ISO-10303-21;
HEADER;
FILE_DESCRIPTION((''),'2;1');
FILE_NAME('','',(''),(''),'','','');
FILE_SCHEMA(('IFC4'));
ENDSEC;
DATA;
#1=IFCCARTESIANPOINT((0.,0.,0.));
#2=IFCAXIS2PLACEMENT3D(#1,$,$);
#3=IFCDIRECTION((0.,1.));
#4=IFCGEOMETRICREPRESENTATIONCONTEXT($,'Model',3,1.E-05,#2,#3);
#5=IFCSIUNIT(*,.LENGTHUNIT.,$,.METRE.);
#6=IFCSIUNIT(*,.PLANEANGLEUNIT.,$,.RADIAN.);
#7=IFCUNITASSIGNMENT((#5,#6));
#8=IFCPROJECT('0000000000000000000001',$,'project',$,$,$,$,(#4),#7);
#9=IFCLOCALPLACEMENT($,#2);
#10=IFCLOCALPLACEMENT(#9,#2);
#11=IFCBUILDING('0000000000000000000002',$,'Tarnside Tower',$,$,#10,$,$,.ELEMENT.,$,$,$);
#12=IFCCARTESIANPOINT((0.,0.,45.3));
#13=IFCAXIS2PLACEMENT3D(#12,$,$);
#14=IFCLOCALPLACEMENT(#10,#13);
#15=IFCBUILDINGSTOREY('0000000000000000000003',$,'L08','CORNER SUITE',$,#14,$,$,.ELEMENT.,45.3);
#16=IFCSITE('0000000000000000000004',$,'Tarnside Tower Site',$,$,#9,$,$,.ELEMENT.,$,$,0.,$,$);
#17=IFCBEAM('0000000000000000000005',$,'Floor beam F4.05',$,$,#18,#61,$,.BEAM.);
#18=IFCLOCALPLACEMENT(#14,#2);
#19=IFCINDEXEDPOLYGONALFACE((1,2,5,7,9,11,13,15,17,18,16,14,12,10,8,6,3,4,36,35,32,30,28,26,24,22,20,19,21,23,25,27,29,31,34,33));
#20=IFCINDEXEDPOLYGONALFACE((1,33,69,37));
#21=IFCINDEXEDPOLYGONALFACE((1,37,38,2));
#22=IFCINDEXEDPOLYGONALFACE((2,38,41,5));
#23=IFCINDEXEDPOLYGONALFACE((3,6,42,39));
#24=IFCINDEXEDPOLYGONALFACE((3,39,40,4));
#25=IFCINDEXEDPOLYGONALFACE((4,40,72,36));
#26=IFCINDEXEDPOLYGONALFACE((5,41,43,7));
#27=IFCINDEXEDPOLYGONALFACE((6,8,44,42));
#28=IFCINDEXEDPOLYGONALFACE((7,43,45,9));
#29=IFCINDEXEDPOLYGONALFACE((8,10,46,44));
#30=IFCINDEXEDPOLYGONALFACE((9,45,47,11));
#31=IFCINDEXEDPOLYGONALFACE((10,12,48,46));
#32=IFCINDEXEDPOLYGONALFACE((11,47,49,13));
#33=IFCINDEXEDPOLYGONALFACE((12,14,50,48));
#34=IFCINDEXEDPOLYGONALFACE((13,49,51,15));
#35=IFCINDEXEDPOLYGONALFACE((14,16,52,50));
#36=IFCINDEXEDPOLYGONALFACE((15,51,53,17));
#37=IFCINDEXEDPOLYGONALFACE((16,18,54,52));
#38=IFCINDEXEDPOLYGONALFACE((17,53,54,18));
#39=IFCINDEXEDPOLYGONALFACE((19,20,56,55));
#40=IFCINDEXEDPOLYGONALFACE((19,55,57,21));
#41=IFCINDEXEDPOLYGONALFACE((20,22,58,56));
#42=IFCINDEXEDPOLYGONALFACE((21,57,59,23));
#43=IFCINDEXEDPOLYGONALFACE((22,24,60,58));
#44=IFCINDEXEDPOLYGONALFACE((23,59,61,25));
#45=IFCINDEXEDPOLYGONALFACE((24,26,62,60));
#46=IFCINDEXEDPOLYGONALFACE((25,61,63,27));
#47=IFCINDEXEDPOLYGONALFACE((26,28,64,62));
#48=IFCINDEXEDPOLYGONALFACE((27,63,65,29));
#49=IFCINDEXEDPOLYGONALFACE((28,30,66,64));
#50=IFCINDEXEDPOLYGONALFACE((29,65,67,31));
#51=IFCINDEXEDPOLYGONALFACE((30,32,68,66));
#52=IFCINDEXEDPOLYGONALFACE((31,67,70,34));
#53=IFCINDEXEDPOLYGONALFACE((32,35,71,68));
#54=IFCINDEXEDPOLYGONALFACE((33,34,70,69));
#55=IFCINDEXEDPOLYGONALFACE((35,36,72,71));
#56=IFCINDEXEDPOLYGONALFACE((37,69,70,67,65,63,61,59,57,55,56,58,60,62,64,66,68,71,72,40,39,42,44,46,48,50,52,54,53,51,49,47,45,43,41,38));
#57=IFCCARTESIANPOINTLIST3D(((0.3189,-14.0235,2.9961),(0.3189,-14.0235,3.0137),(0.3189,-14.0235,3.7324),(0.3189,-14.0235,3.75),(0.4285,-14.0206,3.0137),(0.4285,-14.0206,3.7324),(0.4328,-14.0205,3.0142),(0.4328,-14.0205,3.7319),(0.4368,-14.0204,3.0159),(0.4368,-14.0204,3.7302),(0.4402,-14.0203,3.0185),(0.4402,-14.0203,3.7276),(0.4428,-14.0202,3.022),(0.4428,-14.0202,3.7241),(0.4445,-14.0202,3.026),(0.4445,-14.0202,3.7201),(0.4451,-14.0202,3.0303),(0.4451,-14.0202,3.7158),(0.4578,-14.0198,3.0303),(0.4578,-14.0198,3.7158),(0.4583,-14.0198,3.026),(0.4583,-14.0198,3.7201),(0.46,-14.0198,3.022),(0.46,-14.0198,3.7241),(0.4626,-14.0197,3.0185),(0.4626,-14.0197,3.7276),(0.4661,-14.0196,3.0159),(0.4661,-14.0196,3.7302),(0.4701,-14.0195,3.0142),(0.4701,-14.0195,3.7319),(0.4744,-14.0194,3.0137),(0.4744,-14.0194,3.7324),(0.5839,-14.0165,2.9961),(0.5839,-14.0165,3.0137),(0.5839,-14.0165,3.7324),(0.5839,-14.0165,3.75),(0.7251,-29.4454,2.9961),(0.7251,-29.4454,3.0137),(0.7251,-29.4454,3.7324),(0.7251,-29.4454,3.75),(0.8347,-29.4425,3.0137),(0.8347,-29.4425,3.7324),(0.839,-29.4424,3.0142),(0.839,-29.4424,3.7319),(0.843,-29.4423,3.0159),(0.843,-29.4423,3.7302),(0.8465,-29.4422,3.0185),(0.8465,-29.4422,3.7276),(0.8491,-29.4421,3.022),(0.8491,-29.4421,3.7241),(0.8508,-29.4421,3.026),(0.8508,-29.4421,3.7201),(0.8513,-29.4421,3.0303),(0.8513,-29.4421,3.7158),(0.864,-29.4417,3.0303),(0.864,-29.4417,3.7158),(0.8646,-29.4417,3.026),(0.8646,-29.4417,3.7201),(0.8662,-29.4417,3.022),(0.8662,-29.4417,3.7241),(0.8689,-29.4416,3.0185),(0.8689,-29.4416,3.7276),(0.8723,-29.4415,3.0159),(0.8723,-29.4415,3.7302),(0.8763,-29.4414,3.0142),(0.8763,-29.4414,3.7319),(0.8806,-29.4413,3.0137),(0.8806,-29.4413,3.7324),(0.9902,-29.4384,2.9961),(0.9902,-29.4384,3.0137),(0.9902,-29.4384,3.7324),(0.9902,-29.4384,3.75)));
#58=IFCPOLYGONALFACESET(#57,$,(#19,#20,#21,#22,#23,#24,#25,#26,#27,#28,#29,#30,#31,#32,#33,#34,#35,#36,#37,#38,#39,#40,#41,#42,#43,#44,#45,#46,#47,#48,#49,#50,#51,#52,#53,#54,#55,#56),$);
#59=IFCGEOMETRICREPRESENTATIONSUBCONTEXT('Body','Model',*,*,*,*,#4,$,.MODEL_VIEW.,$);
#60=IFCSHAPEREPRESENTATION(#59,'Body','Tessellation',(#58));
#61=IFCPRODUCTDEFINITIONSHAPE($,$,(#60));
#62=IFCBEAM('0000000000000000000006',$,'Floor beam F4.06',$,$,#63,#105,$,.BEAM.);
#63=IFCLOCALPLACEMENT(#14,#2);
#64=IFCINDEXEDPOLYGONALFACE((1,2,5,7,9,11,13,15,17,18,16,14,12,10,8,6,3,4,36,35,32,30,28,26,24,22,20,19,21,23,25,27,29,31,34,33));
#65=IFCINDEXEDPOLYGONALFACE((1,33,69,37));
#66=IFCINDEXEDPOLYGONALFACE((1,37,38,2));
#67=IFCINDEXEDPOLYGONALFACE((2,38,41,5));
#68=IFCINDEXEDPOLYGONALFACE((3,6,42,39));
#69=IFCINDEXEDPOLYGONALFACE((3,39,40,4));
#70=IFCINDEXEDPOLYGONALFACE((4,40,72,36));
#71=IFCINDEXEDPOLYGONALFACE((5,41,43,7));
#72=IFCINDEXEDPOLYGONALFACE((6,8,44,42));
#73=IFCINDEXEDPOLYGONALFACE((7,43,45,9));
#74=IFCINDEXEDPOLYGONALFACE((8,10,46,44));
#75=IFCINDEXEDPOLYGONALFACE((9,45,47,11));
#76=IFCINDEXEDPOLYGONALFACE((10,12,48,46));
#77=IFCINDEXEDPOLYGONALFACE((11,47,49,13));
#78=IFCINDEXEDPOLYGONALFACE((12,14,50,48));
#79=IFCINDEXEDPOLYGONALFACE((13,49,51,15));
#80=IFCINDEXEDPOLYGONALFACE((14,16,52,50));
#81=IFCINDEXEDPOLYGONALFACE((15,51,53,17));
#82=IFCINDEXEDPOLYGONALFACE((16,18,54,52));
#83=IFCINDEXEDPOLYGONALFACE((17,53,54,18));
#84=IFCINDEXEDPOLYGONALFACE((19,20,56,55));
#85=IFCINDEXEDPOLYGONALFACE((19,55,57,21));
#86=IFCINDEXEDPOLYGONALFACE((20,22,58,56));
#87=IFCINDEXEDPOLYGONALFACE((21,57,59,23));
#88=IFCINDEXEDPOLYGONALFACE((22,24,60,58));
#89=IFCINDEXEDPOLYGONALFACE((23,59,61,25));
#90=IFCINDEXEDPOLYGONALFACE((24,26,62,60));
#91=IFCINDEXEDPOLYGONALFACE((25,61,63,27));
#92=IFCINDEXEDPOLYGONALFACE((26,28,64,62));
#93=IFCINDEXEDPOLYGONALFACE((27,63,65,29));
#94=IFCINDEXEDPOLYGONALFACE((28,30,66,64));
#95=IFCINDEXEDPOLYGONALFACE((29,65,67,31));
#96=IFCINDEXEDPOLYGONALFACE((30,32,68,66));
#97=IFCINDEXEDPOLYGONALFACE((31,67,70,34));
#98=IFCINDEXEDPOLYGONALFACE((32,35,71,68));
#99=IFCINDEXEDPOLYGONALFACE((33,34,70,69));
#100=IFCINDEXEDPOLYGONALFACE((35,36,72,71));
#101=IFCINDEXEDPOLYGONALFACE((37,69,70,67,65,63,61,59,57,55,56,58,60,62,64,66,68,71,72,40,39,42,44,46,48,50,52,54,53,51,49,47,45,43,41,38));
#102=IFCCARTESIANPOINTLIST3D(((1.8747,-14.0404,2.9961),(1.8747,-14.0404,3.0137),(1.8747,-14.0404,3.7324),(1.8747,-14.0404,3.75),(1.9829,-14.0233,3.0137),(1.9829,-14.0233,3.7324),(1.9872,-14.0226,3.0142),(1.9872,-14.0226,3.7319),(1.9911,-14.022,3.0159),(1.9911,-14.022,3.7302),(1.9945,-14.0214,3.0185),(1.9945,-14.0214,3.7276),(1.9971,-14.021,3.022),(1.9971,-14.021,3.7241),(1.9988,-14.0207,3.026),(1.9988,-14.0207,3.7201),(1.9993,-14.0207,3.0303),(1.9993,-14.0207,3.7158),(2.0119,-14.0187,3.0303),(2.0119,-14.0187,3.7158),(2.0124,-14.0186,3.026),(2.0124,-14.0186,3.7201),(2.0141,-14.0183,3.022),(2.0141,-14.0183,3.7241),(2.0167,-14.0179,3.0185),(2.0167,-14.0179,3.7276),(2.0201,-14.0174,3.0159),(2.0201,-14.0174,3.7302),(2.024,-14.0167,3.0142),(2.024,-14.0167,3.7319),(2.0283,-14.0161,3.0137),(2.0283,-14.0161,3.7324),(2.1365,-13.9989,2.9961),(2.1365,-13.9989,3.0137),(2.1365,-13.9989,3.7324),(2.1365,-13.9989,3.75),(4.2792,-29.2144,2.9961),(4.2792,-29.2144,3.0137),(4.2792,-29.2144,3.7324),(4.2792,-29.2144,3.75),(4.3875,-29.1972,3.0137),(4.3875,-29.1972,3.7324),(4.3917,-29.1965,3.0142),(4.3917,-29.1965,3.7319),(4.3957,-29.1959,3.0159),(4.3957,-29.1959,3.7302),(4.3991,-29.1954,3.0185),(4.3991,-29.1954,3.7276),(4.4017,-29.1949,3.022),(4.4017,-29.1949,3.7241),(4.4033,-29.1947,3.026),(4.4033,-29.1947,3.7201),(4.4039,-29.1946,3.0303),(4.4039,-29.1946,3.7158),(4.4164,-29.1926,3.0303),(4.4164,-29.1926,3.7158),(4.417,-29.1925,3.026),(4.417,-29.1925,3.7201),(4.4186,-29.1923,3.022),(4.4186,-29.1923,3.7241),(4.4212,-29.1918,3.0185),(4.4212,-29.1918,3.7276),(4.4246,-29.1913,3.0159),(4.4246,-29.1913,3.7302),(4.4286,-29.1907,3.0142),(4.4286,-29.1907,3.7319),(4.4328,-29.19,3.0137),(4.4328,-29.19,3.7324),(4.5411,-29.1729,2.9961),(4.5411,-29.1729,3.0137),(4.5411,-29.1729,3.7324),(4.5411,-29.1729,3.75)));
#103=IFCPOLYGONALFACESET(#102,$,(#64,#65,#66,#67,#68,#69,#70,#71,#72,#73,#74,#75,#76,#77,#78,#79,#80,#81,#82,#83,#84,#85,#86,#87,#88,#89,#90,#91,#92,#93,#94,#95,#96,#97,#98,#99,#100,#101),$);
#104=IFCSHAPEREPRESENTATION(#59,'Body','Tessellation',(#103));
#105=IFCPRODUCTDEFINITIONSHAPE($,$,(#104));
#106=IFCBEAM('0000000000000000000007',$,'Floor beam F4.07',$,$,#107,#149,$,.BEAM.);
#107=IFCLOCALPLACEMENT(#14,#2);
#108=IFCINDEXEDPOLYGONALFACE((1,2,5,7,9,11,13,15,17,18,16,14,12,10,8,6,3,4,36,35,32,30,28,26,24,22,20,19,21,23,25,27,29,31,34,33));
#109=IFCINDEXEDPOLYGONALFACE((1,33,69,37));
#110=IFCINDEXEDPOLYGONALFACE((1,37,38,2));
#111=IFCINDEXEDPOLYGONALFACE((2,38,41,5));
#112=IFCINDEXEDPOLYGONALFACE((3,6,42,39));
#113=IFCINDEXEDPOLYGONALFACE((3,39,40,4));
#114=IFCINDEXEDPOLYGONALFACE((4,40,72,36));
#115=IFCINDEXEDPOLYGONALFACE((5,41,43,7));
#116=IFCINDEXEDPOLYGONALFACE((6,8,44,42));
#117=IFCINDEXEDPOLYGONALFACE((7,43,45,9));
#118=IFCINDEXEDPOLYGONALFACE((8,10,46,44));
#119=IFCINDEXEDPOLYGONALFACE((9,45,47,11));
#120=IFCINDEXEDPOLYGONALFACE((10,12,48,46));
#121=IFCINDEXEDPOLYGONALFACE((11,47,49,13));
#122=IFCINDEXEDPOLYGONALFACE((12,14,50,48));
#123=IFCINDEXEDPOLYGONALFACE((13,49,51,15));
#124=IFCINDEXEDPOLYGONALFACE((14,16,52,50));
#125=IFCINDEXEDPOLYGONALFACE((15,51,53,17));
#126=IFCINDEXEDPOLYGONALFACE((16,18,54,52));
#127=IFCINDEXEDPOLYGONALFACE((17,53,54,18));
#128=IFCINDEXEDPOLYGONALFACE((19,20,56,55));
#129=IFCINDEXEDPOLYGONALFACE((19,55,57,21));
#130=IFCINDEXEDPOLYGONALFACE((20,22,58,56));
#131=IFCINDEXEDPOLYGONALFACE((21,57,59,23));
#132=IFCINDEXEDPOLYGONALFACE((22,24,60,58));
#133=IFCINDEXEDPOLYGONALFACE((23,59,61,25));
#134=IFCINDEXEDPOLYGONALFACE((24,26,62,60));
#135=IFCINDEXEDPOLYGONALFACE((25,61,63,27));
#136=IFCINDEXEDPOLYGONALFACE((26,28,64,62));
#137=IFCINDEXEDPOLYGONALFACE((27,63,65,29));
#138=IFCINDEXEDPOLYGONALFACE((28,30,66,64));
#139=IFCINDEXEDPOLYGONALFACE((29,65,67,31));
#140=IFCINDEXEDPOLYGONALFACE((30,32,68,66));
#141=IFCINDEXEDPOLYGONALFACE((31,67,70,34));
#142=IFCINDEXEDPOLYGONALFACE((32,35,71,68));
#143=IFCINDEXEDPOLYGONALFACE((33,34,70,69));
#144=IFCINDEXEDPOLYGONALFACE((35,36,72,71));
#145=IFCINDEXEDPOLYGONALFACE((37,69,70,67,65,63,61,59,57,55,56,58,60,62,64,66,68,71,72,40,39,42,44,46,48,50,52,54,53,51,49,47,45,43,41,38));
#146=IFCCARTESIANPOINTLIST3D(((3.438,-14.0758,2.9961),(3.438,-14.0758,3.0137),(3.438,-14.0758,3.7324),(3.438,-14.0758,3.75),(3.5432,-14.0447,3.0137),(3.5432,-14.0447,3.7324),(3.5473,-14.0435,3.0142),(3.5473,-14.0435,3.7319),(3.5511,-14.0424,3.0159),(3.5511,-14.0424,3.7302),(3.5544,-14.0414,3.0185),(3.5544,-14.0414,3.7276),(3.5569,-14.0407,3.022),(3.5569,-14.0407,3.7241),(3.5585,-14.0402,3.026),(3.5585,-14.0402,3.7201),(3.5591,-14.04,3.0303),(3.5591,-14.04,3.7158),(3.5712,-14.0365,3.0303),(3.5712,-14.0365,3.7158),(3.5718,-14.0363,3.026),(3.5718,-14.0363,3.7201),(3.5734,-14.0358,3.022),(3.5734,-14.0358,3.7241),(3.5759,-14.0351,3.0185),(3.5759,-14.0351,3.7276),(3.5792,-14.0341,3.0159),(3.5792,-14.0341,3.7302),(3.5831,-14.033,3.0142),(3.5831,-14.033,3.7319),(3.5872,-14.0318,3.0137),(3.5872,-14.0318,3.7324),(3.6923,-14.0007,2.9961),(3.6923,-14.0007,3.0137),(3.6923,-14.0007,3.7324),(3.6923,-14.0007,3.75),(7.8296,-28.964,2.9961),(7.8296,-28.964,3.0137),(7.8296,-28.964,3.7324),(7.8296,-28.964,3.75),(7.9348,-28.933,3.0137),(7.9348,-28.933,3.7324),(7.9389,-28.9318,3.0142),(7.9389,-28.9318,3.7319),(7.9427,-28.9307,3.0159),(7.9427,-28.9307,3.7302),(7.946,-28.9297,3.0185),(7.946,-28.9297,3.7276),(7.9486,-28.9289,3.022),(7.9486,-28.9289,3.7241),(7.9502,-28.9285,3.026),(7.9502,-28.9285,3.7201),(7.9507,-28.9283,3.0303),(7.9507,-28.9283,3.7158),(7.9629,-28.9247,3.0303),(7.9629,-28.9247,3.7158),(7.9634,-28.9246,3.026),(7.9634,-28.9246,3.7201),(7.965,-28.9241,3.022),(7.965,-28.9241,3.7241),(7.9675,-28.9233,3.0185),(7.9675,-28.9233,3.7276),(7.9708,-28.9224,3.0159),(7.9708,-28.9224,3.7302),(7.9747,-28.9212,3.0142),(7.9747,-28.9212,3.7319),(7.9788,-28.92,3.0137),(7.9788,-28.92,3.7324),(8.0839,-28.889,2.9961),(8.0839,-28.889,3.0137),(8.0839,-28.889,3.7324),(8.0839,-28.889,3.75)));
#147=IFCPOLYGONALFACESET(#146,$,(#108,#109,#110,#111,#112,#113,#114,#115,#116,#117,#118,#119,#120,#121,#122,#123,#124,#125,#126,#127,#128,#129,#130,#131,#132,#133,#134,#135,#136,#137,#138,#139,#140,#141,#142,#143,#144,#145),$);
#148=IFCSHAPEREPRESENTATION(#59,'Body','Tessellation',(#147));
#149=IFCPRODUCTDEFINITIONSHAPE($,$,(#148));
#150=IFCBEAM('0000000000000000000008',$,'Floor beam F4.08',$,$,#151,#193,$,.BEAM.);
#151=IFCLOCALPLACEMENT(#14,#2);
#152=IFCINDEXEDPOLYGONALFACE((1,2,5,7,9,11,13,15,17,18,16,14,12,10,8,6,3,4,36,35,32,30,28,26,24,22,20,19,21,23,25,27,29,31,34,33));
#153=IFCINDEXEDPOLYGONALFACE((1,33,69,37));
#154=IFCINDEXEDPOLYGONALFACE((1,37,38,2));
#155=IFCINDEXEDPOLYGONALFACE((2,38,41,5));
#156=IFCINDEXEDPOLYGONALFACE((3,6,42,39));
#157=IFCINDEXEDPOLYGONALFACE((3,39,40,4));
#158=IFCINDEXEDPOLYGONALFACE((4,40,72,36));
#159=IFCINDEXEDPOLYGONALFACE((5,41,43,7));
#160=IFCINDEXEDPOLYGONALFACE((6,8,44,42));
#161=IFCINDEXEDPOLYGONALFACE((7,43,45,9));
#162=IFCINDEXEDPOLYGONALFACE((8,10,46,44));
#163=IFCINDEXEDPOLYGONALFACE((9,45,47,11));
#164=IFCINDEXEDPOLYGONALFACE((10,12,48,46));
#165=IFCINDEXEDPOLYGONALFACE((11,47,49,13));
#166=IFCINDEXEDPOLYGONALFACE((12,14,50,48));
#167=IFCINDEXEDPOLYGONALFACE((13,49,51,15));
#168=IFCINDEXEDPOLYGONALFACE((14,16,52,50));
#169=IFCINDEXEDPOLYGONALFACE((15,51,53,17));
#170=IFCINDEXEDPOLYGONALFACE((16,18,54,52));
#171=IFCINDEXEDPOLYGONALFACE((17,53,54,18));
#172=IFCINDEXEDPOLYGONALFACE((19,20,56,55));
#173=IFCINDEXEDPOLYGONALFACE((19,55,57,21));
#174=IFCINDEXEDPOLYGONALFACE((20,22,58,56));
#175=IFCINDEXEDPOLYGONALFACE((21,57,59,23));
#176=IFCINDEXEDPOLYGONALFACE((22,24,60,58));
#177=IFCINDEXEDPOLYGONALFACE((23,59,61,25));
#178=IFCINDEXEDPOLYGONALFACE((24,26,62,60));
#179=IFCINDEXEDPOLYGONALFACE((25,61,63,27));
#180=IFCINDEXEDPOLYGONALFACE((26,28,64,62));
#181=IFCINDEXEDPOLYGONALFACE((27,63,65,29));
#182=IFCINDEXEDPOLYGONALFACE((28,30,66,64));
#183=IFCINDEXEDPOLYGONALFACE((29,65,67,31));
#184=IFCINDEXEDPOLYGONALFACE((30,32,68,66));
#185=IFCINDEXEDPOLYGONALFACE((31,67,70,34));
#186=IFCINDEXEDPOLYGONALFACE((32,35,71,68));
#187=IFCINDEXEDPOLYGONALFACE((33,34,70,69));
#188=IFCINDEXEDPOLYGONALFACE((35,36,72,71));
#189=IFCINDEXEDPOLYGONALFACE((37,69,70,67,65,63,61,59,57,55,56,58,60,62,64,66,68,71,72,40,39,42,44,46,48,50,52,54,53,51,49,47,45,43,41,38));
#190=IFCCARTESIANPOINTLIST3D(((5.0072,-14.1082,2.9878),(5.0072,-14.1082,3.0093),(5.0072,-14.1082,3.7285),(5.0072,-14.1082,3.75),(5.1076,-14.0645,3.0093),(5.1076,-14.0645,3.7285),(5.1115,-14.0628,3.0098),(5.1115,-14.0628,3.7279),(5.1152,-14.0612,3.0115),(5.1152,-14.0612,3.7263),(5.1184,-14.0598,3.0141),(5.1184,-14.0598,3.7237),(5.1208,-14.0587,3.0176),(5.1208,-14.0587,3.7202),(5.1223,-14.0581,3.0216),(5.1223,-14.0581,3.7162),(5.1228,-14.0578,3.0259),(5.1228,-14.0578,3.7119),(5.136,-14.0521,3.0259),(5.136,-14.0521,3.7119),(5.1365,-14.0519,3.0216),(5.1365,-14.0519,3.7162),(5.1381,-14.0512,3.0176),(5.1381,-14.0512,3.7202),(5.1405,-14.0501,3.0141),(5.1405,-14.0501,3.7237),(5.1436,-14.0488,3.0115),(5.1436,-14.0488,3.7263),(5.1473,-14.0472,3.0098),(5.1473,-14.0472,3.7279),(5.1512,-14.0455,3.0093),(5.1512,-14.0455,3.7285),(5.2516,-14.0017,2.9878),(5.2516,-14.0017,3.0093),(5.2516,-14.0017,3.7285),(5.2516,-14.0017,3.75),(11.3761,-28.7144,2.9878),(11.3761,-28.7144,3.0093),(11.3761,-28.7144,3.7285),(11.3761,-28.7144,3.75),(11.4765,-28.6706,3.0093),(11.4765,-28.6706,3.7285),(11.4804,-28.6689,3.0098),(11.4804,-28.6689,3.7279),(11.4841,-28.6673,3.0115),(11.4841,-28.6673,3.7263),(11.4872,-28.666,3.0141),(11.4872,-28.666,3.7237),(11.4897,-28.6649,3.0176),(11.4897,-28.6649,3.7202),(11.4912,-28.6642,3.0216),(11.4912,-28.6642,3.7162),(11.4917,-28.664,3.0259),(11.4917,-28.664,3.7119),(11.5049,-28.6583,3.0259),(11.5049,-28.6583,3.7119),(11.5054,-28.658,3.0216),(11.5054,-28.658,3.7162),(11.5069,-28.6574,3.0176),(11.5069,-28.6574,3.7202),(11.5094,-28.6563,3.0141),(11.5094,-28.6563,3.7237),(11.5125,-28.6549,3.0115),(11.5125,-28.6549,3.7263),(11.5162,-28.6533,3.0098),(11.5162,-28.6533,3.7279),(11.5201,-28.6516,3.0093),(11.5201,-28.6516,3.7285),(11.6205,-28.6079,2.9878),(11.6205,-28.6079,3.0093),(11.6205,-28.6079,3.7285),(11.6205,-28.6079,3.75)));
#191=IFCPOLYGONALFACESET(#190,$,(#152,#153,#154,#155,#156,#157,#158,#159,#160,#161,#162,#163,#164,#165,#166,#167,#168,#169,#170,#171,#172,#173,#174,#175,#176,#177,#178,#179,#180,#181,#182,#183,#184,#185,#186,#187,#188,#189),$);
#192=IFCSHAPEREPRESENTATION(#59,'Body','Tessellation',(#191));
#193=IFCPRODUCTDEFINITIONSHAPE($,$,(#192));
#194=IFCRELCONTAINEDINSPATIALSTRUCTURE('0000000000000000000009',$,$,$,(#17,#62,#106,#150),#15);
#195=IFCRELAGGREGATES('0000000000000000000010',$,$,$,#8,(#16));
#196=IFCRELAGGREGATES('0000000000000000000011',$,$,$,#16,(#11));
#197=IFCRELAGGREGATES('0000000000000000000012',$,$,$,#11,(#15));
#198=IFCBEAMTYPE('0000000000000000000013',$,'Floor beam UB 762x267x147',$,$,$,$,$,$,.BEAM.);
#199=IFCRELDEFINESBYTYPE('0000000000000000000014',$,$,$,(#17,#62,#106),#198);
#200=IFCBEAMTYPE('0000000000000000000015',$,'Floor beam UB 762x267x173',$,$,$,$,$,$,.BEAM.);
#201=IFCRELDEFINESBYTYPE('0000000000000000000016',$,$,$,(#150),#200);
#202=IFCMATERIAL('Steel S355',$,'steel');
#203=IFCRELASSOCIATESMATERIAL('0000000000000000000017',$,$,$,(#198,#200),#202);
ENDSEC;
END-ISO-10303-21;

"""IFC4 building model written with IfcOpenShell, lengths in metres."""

from ifc_helpers import new_model, si_unit, direction, frame, origin, origin_2d, place, context, subcontext, project, spatial, i_section, extrude, material, material_profile, profile_set, type_object, element, save


model = new_model("IFC4")

# Units and contexts
model_context = context("Model", 3, precision=1e-05, world=origin(), true_north=direction((0.0, 1.0)))
body_context = subcontext(model_context, "Body", "Model", "MODEL_VIEW")
ifc_project = project(units=[si_unit("LENGTHUNIT", "METRE"), si_unit("PLANEANGLEUNIT", "RADIAN")], contexts=[model_context])

# Site, building, storey
site_placement = place(None, origin())
site = spatial("IfcSite", under=ifc_project, at=site_placement, Name="Tarnside Tower Site", CompositionType="ELEMENT", RefElevation=0.0)
building_placement = place(site_placement, origin())
building = spatial("IfcBuilding", under=site, at=building_placement, Name="Tarnside Tower", CompositionType="ELEMENT")
storey_placement = place(building_placement, frame((0.0, 0.0, 45.3)))
storey = spatial("IfcBuildingStorey", under=building, at=storey_placement, Name="L08", Description="CORNER SUITE", CompositionType="ELEMENT", Elevation=45.3)

# Beams
ifc_material_1 = material(Name="Steel S355", Category="steel")
ifc_material_profile_1 = material_profile(ifc_material_1, i_section(OverallWidth=0.2651, OverallDepth=0.7539, WebThickness=0.0127, FlangeThickness=0.0176, FilletRadius=0.0166, at=origin_2d()), Name="UB 762x267x147")
ifc_profile_set_1 = profile_set([ifc_material_profile_1], Name="Steel S355")
beam_type_1 = type_object("IfcBeamType", Name="Floor beam UB 762x267x147", PredefinedType="BEAM", material=ifc_profile_set_1)
beam_1_placement = place(storey_placement, frame((0.8577, -29.4419, 3.373), z_axis=(-0.026333, 0.999653, 0.0), x_axis=(-0.999653, -0.026333, 0.0)))
element("IfcBeam", 1, at=beam_1_placement, inside=storey, type_object=beam_type_1, Name="Floor beam F4.05", PredefinedType="BEAM", context=body_context, shape_type="SweptSolid", body=[
    extrude(i_section(OverallWidth=0.2651, OverallDepth=0.7539, WebThickness=0.0127, FlangeThickness=0.0176, FilletRadius=0.0166, at=origin_2d()), origin(), (0.0, 0.0, 1.0), 15.4272),
])
beam_2_placement = place(storey_placement, frame((4.4102, -29.1936, 3.373), z_axis=(-0.156513, 0.987676, 0.0), x_axis=(-0.987676, -0.156513, 0.0)))
element("IfcBeam", 2, at=beam_2_placement, inside=storey, type_object=beam_type_1, Name="Floor beam F4.06", PredefinedType="BEAM", context=body_context, shape_type="SweptSolid", body=[
    extrude(i_section(OverallWidth=0.2651, OverallDepth=0.7539, WebThickness=0.0127, FlangeThickness=0.0176, FilletRadius=0.0166, at=origin_2d()), origin(), (0.0, 0.0, 1.0), 15.3633),
])
beam_3_placement = place(storey_placement, frame((7.9568, -28.9265, 3.373), z_axis=(-0.282921, 0.959143, 0.0), x_axis=(-0.959143, -0.282921, 0.0)))
element("IfcBeam", 3, at=beam_3_placement, inside=storey, type_object=beam_type_1, Name="Floor beam F4.07", PredefinedType="BEAM", context=body_context, shape_type="SweptSolid", body=[
    extrude(i_section(OverallWidth=0.2651, OverallDepth=0.7539, WebThickness=0.0127, FlangeThickness=0.0176, FilletRadius=0.0166, at=origin_2d()), origin(), (0.0, 0.0, 1.0), 15.5225),
])
ifc_material_profile_2 = material_profile(ifc_material_1, i_section(OverallWidth=0.2666, OverallDepth=0.7622, WebThickness=0.0144, FlangeThickness=0.0215, FilletRadius=0.0166, at=origin_2d()), Name="UB 762x267x173")
ifc_profile_set_2 = profile_set([ifc_material_profile_2], Name="Steel S355")
beam_type_2 = type_object("IfcBeamType", Name="Floor beam UB 762x267x173", PredefinedType="BEAM", material=ifc_profile_set_2)
beam_4_placement = place(storey_placement, frame((11.4983, -28.6611, 3.3689), z_axis=(-0.399696, 0.916648, 0.0), x_axis=(-0.916648, -0.399696, 0.0)))
element("IfcBeam", 4, at=beam_4_placement, inside=storey, type_object=beam_type_2, Name="Floor beam F4.08", PredefinedType="BEAM", context=body_context, shape_type="SweptSolid", body=[
    extrude(i_section(OverallWidth=0.2666, OverallDepth=0.7622, WebThickness=0.0144, FlangeThickness=0.0215, FilletRadius=0.0166, at=origin_2d()), origin(), (0.0, 0.0, 1.0), 15.9343),
])

save(model, "model.ifc")
